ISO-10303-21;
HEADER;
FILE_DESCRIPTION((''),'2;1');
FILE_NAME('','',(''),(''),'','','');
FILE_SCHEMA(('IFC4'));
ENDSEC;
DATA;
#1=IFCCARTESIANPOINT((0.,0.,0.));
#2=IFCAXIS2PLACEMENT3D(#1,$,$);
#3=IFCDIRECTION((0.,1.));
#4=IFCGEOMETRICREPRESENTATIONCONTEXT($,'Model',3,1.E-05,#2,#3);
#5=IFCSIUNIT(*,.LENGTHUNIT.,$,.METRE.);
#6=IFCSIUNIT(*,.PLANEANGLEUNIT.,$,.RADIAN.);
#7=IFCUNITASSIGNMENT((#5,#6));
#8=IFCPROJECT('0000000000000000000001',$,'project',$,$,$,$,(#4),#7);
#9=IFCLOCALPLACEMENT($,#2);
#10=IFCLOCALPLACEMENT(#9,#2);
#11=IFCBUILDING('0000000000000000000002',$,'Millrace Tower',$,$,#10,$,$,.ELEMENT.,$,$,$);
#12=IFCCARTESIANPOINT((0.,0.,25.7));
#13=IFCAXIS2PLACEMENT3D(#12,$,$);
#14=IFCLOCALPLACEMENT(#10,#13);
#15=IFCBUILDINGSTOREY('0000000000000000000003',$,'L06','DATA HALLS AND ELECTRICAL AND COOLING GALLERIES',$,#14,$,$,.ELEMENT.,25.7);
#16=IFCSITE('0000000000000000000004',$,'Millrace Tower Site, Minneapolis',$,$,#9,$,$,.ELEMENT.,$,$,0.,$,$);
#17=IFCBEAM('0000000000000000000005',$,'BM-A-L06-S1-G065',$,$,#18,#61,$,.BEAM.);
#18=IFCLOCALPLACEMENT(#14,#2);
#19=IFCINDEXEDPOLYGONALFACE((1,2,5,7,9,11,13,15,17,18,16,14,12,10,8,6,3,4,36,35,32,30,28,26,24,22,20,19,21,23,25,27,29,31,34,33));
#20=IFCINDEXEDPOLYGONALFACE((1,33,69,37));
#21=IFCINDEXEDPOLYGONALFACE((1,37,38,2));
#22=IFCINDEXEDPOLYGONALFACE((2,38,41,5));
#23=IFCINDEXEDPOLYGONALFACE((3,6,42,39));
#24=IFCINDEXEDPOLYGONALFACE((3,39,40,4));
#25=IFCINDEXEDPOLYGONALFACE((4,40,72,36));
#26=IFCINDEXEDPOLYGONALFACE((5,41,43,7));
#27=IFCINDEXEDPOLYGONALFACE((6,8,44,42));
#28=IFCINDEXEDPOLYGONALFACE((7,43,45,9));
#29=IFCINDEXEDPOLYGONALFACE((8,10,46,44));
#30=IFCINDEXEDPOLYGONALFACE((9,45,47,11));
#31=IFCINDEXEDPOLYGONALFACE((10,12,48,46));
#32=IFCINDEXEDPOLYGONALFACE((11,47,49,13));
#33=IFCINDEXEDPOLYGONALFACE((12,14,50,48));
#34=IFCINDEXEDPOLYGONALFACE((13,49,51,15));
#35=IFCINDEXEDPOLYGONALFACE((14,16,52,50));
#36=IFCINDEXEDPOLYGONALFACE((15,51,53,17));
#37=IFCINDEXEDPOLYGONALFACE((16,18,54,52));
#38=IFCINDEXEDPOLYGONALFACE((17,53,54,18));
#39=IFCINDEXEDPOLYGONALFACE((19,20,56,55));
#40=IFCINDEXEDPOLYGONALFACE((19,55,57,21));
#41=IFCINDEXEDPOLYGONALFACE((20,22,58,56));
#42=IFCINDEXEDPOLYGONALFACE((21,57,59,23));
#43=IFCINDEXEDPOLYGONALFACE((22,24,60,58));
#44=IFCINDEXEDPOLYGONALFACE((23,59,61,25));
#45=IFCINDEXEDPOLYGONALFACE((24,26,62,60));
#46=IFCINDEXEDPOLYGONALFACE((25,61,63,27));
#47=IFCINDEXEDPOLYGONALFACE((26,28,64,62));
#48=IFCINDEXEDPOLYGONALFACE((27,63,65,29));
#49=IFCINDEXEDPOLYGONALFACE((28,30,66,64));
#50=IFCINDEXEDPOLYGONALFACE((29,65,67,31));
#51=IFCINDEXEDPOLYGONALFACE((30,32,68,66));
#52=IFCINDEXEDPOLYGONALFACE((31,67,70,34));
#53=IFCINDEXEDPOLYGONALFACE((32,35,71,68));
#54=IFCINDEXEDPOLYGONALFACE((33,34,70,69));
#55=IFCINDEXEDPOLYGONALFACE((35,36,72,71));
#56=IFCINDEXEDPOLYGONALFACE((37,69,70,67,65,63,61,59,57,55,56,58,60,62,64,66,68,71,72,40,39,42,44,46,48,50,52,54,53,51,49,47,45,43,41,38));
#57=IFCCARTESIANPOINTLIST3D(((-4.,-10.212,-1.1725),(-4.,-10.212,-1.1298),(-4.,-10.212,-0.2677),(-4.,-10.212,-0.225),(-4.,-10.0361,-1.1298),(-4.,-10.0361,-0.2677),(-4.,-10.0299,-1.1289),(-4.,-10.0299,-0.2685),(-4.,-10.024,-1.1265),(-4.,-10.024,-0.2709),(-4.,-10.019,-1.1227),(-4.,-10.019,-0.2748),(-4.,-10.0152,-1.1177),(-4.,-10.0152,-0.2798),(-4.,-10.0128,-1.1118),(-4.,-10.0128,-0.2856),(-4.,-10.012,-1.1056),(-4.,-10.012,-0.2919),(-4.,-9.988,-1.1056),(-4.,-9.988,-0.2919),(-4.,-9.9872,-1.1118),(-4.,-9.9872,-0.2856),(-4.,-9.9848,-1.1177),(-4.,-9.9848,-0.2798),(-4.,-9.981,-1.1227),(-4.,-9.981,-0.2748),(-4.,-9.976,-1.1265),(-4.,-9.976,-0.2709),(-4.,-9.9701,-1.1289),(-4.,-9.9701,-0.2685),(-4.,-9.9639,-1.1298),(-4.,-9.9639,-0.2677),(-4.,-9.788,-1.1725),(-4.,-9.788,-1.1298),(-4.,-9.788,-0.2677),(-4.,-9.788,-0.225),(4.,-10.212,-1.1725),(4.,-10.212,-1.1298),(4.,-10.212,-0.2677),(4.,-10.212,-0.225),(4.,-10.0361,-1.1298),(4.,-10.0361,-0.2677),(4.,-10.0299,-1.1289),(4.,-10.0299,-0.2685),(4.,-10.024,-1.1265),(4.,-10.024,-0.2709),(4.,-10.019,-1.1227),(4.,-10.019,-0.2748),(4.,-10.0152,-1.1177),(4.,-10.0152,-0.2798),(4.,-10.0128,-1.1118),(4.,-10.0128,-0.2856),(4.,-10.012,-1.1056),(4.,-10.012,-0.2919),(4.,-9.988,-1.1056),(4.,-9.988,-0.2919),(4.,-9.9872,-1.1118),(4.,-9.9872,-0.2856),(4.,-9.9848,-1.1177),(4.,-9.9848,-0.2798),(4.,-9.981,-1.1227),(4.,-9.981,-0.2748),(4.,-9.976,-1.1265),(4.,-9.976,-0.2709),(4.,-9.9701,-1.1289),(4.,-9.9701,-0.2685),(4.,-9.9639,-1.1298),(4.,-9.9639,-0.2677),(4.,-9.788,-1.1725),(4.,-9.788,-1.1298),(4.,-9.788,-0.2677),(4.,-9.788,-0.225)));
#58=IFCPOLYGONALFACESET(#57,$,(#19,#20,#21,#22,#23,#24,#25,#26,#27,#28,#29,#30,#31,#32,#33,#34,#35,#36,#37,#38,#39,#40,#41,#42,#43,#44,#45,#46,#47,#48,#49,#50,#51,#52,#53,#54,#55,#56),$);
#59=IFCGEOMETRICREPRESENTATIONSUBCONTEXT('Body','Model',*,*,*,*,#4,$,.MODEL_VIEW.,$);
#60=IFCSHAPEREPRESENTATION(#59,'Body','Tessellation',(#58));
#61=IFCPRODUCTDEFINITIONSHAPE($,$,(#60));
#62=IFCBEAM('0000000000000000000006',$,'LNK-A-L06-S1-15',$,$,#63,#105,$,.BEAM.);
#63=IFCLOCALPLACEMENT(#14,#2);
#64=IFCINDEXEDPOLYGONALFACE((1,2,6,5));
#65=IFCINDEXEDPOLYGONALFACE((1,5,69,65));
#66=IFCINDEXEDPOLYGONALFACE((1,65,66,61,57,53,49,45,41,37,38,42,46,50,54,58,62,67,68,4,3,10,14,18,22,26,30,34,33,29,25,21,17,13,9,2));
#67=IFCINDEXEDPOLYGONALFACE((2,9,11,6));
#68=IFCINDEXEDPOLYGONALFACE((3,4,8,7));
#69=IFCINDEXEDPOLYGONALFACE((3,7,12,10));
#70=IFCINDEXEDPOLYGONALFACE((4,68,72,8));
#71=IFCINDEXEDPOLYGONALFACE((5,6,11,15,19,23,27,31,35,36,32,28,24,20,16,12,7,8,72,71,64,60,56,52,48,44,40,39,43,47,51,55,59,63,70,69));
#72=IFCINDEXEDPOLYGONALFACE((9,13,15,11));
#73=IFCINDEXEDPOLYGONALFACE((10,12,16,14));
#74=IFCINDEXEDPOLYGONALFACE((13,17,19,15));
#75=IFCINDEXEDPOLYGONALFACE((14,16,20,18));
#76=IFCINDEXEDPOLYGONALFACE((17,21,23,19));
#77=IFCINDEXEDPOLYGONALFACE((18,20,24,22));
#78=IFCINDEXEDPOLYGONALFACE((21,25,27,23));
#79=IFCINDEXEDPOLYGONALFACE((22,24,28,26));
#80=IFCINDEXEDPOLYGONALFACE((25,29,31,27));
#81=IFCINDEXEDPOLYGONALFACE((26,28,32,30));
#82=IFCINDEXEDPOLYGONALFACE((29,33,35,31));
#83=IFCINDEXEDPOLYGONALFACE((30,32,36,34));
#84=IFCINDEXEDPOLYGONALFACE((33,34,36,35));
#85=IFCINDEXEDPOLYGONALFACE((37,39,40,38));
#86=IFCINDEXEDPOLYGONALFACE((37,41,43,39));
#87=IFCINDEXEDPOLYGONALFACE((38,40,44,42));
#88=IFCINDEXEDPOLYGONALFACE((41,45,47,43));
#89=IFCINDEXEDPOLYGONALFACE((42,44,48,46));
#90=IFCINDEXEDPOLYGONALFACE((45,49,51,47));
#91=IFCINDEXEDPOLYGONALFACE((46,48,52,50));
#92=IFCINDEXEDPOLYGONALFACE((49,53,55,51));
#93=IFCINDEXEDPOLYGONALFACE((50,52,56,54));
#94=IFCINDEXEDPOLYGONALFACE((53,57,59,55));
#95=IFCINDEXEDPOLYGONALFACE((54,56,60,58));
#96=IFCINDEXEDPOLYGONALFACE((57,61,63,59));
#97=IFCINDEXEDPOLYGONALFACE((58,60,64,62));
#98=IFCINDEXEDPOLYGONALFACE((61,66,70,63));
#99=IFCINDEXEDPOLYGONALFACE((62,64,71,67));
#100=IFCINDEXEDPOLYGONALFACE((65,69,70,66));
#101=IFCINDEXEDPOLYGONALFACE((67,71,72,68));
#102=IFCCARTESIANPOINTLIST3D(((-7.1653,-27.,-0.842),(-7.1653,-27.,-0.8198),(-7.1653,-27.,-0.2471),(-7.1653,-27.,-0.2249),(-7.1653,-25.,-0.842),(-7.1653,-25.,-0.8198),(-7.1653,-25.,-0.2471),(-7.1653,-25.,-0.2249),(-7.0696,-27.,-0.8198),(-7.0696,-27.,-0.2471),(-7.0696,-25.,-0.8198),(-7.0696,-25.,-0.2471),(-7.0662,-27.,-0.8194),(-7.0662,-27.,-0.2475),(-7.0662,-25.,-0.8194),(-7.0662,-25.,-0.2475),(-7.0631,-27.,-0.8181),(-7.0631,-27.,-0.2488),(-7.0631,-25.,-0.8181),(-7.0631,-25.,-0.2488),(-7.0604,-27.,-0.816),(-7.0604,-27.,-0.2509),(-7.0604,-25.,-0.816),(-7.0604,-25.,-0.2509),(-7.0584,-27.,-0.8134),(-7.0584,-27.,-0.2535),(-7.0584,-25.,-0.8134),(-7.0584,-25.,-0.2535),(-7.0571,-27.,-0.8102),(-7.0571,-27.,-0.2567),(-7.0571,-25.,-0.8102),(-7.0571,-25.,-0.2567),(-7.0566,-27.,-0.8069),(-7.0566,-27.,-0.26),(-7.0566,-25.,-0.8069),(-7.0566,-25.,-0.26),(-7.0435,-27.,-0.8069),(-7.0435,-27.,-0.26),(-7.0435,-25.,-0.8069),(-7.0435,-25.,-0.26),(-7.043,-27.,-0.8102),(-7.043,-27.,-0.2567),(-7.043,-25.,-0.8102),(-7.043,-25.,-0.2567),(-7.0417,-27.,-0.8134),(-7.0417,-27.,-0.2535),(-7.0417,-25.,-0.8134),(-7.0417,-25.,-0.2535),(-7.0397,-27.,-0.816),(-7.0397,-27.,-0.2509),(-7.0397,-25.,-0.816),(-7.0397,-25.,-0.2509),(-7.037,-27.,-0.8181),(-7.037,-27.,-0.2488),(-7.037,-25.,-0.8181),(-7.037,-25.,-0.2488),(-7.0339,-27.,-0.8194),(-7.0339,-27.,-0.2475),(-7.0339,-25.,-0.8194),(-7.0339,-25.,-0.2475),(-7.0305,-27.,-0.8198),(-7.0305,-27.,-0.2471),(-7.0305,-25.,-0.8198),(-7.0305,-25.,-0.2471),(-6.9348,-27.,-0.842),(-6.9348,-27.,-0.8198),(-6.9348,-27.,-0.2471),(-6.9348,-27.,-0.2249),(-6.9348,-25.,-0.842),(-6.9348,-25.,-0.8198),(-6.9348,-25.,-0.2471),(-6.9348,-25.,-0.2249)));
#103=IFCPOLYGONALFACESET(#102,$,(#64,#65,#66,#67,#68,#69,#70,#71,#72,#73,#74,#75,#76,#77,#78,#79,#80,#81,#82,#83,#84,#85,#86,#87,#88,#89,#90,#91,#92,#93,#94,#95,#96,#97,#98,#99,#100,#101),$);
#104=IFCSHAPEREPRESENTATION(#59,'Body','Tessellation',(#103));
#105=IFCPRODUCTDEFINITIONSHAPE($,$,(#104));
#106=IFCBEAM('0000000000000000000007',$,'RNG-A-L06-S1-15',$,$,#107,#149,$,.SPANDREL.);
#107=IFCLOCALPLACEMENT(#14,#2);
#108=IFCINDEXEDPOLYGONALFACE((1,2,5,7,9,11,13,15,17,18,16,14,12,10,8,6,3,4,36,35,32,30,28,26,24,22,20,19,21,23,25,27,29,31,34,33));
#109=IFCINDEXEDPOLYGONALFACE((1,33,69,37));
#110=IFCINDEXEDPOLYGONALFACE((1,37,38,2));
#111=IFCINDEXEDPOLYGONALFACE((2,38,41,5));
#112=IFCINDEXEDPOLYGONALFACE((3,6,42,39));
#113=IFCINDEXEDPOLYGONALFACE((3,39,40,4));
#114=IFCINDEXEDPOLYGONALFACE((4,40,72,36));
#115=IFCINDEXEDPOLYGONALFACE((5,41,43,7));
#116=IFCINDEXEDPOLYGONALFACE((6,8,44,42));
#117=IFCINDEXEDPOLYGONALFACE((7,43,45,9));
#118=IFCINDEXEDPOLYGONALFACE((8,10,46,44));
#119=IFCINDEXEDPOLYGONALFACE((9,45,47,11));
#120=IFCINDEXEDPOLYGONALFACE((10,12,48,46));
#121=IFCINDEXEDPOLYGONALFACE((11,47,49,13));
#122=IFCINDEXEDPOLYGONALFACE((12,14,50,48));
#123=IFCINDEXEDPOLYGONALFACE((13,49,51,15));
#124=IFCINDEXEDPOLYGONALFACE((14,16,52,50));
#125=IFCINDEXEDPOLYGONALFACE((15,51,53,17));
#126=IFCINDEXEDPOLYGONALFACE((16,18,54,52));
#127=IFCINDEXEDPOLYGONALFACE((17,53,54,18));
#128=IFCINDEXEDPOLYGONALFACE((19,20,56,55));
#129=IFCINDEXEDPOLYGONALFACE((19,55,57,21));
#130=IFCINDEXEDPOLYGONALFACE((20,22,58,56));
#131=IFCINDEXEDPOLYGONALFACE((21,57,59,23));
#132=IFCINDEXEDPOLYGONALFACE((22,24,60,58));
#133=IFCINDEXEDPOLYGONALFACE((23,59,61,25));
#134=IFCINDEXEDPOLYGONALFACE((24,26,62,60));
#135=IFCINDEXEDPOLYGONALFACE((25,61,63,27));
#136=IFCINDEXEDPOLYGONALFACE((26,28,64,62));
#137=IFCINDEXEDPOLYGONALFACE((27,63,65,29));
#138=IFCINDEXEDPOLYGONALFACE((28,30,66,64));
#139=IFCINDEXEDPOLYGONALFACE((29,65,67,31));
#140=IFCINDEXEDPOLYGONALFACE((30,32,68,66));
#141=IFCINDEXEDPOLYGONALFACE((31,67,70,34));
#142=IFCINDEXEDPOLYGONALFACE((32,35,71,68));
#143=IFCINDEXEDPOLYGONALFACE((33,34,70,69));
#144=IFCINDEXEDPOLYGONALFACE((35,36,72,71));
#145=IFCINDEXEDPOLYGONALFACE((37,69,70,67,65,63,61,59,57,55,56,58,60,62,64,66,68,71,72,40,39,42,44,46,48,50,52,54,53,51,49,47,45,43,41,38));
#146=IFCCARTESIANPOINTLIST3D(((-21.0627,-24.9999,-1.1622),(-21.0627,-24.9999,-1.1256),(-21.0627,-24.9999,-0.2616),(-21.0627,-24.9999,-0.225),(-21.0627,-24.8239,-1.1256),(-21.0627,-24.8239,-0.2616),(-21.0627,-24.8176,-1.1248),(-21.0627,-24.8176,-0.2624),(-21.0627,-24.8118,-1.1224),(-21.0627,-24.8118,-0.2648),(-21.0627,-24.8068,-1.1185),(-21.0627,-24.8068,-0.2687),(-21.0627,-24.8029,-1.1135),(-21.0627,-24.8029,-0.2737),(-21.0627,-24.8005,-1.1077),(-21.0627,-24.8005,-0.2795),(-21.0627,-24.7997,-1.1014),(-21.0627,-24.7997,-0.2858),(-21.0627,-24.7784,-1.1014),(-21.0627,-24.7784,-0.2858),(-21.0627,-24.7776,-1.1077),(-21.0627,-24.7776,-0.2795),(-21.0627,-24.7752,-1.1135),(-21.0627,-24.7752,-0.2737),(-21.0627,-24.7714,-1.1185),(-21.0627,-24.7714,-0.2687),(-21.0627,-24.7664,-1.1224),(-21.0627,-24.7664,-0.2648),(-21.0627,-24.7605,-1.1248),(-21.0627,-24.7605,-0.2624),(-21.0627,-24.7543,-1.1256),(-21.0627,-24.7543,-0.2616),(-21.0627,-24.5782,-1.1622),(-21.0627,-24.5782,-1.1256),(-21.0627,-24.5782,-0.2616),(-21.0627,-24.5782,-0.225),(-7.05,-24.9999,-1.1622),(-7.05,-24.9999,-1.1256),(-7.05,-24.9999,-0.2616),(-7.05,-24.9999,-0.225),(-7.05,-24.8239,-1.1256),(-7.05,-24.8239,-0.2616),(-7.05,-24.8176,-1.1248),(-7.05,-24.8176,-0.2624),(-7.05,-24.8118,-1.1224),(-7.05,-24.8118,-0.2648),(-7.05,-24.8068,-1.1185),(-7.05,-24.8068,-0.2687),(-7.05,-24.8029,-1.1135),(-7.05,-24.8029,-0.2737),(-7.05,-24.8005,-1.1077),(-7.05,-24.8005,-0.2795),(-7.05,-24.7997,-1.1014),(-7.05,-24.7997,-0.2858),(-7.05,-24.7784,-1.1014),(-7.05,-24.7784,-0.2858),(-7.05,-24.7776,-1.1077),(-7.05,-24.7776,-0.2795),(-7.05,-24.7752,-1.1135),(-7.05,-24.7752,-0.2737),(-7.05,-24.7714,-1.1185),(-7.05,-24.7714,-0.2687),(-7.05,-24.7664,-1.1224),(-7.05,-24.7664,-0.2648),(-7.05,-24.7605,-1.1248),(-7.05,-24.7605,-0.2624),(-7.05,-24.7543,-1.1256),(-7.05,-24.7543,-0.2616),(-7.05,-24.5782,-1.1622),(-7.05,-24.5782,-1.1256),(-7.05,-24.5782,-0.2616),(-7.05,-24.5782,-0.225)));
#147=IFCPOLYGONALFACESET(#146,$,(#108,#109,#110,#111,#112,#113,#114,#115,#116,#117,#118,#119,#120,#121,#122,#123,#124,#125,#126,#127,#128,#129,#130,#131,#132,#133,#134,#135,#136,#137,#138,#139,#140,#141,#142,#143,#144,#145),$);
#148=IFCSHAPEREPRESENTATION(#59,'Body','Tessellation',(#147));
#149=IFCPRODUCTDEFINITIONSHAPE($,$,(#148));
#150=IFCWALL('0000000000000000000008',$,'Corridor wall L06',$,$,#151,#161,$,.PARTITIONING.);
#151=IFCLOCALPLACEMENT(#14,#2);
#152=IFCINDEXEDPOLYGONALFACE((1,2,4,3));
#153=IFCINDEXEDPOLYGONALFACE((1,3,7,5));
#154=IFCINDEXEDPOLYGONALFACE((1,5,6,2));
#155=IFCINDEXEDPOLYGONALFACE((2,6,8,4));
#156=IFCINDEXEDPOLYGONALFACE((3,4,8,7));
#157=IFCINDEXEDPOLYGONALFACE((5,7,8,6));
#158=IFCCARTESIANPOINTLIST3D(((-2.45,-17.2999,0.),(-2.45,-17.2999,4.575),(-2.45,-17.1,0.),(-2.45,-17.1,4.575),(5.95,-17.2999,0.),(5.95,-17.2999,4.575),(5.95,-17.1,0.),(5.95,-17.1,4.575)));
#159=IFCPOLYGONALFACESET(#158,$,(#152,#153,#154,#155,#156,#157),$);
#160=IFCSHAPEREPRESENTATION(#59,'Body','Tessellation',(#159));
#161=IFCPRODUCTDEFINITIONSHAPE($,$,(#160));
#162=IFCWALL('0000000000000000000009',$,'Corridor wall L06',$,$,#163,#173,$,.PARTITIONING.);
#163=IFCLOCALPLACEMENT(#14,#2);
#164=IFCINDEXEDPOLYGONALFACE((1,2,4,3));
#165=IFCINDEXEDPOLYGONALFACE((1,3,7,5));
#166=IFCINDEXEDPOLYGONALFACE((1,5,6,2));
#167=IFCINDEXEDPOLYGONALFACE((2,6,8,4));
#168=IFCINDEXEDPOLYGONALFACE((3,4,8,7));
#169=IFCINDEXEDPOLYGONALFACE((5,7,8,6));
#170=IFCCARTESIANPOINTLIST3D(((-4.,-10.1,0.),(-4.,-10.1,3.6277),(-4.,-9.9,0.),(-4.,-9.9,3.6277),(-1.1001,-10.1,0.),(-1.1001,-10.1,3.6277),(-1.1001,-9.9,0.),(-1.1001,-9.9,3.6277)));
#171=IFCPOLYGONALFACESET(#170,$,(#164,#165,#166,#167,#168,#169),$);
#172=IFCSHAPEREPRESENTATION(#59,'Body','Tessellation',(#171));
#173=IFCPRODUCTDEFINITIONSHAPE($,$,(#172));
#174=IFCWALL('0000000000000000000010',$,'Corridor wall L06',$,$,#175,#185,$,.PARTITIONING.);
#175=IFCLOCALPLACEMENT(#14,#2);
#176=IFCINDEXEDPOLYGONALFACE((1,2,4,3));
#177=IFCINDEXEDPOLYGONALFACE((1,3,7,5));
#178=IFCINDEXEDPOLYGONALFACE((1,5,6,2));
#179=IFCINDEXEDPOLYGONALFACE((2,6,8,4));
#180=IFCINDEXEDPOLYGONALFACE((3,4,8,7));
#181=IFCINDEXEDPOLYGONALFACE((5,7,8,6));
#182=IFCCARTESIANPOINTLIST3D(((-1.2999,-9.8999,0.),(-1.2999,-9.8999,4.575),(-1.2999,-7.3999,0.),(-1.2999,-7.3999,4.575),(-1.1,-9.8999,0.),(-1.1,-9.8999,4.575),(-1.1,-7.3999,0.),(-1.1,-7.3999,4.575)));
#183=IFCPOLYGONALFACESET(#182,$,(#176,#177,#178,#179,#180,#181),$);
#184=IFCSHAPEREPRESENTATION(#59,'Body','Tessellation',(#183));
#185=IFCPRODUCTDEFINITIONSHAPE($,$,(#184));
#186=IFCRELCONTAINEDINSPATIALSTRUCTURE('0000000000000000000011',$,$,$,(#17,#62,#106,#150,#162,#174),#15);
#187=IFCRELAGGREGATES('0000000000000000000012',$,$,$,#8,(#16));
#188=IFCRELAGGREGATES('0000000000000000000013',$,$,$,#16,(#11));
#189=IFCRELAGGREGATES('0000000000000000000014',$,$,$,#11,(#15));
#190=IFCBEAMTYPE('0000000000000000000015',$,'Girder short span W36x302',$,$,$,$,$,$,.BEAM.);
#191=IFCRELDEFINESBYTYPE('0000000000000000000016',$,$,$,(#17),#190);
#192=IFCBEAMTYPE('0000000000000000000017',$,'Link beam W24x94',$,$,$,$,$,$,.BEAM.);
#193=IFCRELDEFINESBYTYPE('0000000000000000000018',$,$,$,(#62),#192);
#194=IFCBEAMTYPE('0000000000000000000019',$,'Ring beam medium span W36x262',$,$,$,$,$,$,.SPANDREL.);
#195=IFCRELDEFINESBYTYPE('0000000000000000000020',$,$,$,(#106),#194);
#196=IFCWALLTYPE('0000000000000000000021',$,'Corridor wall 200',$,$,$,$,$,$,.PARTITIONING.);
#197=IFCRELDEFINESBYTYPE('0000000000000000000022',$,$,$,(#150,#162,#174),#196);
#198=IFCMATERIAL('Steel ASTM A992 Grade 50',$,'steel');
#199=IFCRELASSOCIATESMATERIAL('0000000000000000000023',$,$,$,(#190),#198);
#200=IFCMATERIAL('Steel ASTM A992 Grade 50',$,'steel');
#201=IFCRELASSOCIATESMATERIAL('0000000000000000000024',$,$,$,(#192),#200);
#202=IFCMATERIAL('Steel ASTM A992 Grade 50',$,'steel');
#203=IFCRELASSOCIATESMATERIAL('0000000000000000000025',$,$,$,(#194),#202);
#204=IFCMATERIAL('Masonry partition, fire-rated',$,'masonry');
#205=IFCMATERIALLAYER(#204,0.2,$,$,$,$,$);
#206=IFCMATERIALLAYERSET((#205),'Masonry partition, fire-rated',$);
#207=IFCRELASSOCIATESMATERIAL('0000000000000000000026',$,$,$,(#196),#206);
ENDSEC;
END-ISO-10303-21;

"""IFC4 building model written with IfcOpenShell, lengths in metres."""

from ifc_helpers import new_model, si_unit, direction, frame, frame_2d, origin, origin_2d, place, context, subcontext, project, spatial, rectangle, i_section, extrude, material, layer, layer_set, material_profile, profile_set, type_object, element, save


model = new_model("IFC4")

# Units and contexts
model_context = context("Model", 3, precision=1e-05, world=origin(), true_north=direction((0.0, 1.0)))
body_context = subcontext(model_context, "Body", "Model", "MODEL_VIEW")
ifc_project = project(units=[si_unit("LENGTHUNIT", "METRE"), si_unit("PLANEANGLEUNIT", "RADIAN")], contexts=[model_context])

# Site, building, storey
site_placement = place(None, origin())
site = spatial("IfcSite", under=ifc_project, at=site_placement, Name="Millrace Tower Site, Minneapolis", CompositionType="ELEMENT", RefElevation=0.0)
building_placement = place(site_placement, origin())
building = spatial("IfcBuilding", under=site, at=building_placement, Name="Millrace Tower", CompositionType="ELEMENT")
storey_placement = place(building_placement, frame((0.0, 0.0, 25.7)))
storey = spatial("IfcBuildingStorey", under=building, at=storey_placement, Name="L06", Description="DATA HALLS AND ELECTRICAL AND COOLING GALLERIES", CompositionType="ELEMENT", Elevation=25.7)

# Beams
ifc_material_1 = material(Name="Steel ASTM A992 Grade 50", Category="steel")
ifc_material_profile_1 = material_profile(ifc_material_1, i_section(OverallWidth=0.4241, OverallDepth=0.9475, WebThickness=0.0239, FlangeThickness=0.0427, FilletRadius=0.0242, at=origin_2d()))
ifc_profile_set_1 = profile_set([ifc_material_profile_1], Name="Steel ASTM A992 Grade 50")
beam_type_1 = type_object("IfcBeamType", Name="Girder short span W36x302", PredefinedType="BEAM", material=ifc_profile_set_1)
beam_1_placement = place(storey_placement, frame((-4.0, -10.0, -0.6987), z_axis=(1.0, 0.0, 0.0), x_axis=(0.0, 1.0, 0.0)))
element("IfcBeam", 1, at=beam_1_placement, inside=storey, type_object=beam_type_1, Name="BM-A-L06-S1-G065", PredefinedType="BEAM", context=body_context, shape_type="SweptSolid", body=[
    extrude(i_section(OverallWidth=0.4241, OverallDepth=0.9475, WebThickness=0.0239, FlangeThickness=0.0427, FilletRadius=0.0242, at=origin_2d()), origin(), (0.0, 0.0, 1.0), 8.0),
])
ifc_material_2 = material(Name="Steel ASTM A992 Grade 50", Category="steel")
ifc_material_profile_2 = material_profile(ifc_material_2, i_section(OverallWidth=0.2305, OverallDepth=0.6172, WebThickness=0.0132, FlangeThickness=0.0222, FilletRadius=0.0129, at=origin_2d()))
ifc_profile_set_2 = profile_set([ifc_material_profile_2], Name="Steel ASTM A992 Grade 50")
beam_type_2 = type_object("IfcBeamType", Name="Link beam W24x94", PredefinedType="BEAM", material=ifc_profile_set_2)
beam_2_placement = place(storey_placement, frame((-7.05, -25.0, -0.5334), z_axis=(0.0, -1.0, 0.0), x_axis=(1.0, 0.0, 0.0)))
element("IfcBeam", 2, at=beam_2_placement, inside=storey, type_object=beam_type_2, Name="LNK-A-L06-S1-15", PredefinedType="BEAM", context=body_context, shape_type="SweptSolid", body=[
    extrude(i_section(OverallWidth=0.2305, OverallDepth=0.6172, WebThickness=0.0132, FlangeThickness=0.0222, FilletRadius=0.0129, at=origin_2d()), origin(), (0.0, 0.0, 1.0), 2.0),
])
ifc_material_3 = material(Name="Steel ASTM A992 Grade 50", Category="steel")
ifc_material_profile_3 = material_profile(ifc_material_3, i_section(OverallWidth=0.4216, OverallDepth=0.9373, WebThickness=0.0212, FlangeThickness=0.0366, FilletRadius=0.0242, at=origin_2d()))
ifc_profile_set_3 = profile_set([ifc_material_profile_3], Name="Steel ASTM A992 Grade 50")
beam_type_3 = type_object("IfcBeamType", Name="Ring beam medium span W36x262", PredefinedType="SPANDREL", material=ifc_profile_set_3)
beam_3_placement = place(storey_placement, frame((-7.05, -24.7891, -0.6936), z_axis=(-1.0, 0.0, 0.0), x_axis=(0.0, -1.0, 0.0)))
element("IfcBeam", 3, at=beam_3_placement, inside=storey, type_object=beam_type_3, Name="RNG-A-L06-S1-15", PredefinedType="SPANDREL", context=body_context, shape_type="SweptSolid", body=[
    extrude(i_section(OverallWidth=0.4216, OverallDepth=0.9373, WebThickness=0.0212, FlangeThickness=0.0366, FilletRadius=0.0242, at=origin_2d()), origin(), (0.0, 0.0, 1.0), 14.0127),
])

# Walls
ifc_material_4 = material(Name="Masonry partition, fire-rated", Category="masonry")
ifc_layer_1 = layer(ifc_material_4, 0.2)
ifc_layer_set_1 = layer_set([ifc_layer_1], Name="Masonry partition, fire-rated")
wall_type_1 = type_object("IfcWallType", Name="Corridor wall 200", PredefinedType="PARTITIONING", material=ifc_layer_set_1)
wall_1_placement = place(storey_placement, frame((-2.45, -17.2, 0.0), z_axis=(0.0, 0.0, 1.0), x_axis=(1.0, 0.0, 0.0)))
element("IfcWall", 4, at=wall_1_placement, inside=storey, type_object=wall_type_1, Name="Corridor wall L06", PredefinedType="PARTITIONING", context=body_context, shape_type="SweptSolid", body=[
    extrude(rectangle(XDim=8.3999, YDim=0.2, at=frame_2d((4.2, 0.0))), origin(), (0.0, 0.0, 1.0), 4.575),
])
wall_2_placement = place(storey_placement, frame((-4.0, -10.0, 0.0), z_axis=(0.0, 0.0, 1.0), x_axis=(1.0, 0.0, 0.0)))
element("IfcWall", 5, at=wall_2_placement, inside=storey, type_object=wall_type_1, Name="Corridor wall L06", PredefinedType="PARTITIONING", context=body_context, shape_type="SweptSolid", body=[
    extrude(rectangle(XDim=2.8999, YDim=0.2, at=frame_2d((1.45, 0.0))), origin(), (0.0, 0.0, 1.0), 3.6277),
])
wall_3_placement = place(storey_placement, frame((-1.2, -9.8999, 0.0), z_axis=(0.0, 0.0, 1.0), x_axis=(0.0, 1.0, 0.0)))
element("IfcWall", 6, at=wall_3_placement, inside=storey, type_object=wall_type_1, Name="Corridor wall L06", PredefinedType="PARTITIONING", context=body_context, shape_type="SweptSolid", body=[
    extrude(rectangle(XDim=2.5, YDim=0.2, at=frame_2d((1.25, 0.0))), origin(), (0.0, 0.0, 1.0), 4.575),
])

save(model, "model.ifc")
